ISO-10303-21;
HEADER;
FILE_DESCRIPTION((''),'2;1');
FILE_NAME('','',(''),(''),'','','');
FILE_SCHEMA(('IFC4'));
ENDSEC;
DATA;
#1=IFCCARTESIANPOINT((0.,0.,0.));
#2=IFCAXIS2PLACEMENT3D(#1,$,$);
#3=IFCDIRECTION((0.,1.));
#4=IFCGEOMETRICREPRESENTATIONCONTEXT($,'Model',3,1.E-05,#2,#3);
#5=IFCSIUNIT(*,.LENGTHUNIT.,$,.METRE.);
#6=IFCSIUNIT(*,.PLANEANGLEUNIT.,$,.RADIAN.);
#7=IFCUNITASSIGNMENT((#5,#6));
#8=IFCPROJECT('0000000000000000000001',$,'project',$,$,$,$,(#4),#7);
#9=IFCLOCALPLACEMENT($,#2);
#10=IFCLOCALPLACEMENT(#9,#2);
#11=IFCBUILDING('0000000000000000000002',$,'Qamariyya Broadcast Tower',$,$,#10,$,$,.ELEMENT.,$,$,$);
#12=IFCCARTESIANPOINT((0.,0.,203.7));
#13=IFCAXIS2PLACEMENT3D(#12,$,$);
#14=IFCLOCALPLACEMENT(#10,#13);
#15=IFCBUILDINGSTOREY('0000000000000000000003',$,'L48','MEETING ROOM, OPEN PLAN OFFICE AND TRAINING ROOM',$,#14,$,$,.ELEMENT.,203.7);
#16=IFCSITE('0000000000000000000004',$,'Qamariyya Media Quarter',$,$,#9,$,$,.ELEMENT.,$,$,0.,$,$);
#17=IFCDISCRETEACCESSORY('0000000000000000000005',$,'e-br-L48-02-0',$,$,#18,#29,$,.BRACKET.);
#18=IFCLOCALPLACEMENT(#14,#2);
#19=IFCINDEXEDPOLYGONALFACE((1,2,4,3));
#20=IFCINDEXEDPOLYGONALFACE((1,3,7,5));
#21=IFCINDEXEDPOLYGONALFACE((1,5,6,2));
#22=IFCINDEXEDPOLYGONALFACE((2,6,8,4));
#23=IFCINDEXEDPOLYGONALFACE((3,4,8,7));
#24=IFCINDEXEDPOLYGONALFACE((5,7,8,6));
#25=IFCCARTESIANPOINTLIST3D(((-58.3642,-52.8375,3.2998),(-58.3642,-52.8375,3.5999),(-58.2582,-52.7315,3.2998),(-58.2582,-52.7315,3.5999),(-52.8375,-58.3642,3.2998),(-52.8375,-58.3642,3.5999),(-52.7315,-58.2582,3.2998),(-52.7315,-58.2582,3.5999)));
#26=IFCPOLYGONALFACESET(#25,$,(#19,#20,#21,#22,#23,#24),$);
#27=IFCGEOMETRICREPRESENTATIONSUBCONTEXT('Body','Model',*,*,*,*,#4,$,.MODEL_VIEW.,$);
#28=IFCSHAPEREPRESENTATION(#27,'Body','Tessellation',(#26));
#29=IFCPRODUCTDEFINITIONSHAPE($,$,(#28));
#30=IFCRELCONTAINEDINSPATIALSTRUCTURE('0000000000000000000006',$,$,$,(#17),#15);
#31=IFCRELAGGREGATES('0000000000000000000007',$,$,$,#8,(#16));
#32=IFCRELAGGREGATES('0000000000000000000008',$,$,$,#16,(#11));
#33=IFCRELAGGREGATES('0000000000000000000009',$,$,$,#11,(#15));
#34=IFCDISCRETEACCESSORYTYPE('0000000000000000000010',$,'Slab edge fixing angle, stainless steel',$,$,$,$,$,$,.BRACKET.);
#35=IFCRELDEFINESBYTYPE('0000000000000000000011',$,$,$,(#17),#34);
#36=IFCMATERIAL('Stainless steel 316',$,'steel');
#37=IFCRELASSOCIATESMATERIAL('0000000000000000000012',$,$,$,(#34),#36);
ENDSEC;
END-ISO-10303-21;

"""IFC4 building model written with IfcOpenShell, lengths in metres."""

from ifc_helpers import new_model, si_unit, direction, frame, origin, origin_2d, place, context, subcontext, project, spatial, rectangle, extrude, material, type_object, element, save


model = new_model("IFC4")

# Units and contexts
model_context = context("Model", 3, precision=1e-05, world=origin(), true_north=direction((0.0, 1.0)))
body_context = subcontext(model_context, "Body", "Model", "MODEL_VIEW")
ifc_project = project(units=[si_unit("LENGTHUNIT", "METRE"), si_unit("PLANEANGLEUNIT", "RADIAN")], contexts=[model_context])

# Site, building, storey
site_placement = place(None, origin())
site = spatial("IfcSite", under=ifc_project, at=site_placement, Name="Qamariyya Media Quarter", CompositionType="ELEMENT", RefElevation=0.0)
building_placement = place(site_placement, origin())
building = spatial("IfcBuilding", under=site, at=building_placement, Name="Qamariyya Broadcast Tower", CompositionType="ELEMENT")
storey_placement = place(building_placement, frame((0.0, 0.0, 203.7)))
storey = spatial("IfcBuildingStorey", under=building, at=storey_placement, Name="L48", Description="MEETING ROOM, OPEN PLAN OFFICE AND TRAINING ROOM", CompositionType="ELEMENT", Elevation=203.7)

# Discrete accessory
ifc_material_1 = material(Name="Stainless steel 316", Category="steel")
discrete_accessory_type = type_object("IfcDiscreteAccessoryType", Name="Slab edge fixing angle, stainless steel", PredefinedType="BRACKET", material=ifc_material_1)
for number, where, z_axis, x_axis, name in (
    (1, (-55.5479, -55.5479, 3.2998), (0.0, 0.0, 1.0), (0.707107, -0.707107, 0.0), "e-br-L48-02-0"),
):
    element("IfcDiscreteAccessory", number, at=place(storey_placement, frame(where, z_axis=z_axis, x_axis=x_axis)), inside=storey, type_object=discrete_accessory_type, Name=name, PredefinedType="BRACKET", context=body_context, shape_type="SweptSolid", body=[
        extrude(rectangle(XDim=7.8159, YDim=0.1499, at=origin_2d()), origin(), (0.0, 0.0, 1.0), 0.3),
    ])

save(model, "model.ifc")
